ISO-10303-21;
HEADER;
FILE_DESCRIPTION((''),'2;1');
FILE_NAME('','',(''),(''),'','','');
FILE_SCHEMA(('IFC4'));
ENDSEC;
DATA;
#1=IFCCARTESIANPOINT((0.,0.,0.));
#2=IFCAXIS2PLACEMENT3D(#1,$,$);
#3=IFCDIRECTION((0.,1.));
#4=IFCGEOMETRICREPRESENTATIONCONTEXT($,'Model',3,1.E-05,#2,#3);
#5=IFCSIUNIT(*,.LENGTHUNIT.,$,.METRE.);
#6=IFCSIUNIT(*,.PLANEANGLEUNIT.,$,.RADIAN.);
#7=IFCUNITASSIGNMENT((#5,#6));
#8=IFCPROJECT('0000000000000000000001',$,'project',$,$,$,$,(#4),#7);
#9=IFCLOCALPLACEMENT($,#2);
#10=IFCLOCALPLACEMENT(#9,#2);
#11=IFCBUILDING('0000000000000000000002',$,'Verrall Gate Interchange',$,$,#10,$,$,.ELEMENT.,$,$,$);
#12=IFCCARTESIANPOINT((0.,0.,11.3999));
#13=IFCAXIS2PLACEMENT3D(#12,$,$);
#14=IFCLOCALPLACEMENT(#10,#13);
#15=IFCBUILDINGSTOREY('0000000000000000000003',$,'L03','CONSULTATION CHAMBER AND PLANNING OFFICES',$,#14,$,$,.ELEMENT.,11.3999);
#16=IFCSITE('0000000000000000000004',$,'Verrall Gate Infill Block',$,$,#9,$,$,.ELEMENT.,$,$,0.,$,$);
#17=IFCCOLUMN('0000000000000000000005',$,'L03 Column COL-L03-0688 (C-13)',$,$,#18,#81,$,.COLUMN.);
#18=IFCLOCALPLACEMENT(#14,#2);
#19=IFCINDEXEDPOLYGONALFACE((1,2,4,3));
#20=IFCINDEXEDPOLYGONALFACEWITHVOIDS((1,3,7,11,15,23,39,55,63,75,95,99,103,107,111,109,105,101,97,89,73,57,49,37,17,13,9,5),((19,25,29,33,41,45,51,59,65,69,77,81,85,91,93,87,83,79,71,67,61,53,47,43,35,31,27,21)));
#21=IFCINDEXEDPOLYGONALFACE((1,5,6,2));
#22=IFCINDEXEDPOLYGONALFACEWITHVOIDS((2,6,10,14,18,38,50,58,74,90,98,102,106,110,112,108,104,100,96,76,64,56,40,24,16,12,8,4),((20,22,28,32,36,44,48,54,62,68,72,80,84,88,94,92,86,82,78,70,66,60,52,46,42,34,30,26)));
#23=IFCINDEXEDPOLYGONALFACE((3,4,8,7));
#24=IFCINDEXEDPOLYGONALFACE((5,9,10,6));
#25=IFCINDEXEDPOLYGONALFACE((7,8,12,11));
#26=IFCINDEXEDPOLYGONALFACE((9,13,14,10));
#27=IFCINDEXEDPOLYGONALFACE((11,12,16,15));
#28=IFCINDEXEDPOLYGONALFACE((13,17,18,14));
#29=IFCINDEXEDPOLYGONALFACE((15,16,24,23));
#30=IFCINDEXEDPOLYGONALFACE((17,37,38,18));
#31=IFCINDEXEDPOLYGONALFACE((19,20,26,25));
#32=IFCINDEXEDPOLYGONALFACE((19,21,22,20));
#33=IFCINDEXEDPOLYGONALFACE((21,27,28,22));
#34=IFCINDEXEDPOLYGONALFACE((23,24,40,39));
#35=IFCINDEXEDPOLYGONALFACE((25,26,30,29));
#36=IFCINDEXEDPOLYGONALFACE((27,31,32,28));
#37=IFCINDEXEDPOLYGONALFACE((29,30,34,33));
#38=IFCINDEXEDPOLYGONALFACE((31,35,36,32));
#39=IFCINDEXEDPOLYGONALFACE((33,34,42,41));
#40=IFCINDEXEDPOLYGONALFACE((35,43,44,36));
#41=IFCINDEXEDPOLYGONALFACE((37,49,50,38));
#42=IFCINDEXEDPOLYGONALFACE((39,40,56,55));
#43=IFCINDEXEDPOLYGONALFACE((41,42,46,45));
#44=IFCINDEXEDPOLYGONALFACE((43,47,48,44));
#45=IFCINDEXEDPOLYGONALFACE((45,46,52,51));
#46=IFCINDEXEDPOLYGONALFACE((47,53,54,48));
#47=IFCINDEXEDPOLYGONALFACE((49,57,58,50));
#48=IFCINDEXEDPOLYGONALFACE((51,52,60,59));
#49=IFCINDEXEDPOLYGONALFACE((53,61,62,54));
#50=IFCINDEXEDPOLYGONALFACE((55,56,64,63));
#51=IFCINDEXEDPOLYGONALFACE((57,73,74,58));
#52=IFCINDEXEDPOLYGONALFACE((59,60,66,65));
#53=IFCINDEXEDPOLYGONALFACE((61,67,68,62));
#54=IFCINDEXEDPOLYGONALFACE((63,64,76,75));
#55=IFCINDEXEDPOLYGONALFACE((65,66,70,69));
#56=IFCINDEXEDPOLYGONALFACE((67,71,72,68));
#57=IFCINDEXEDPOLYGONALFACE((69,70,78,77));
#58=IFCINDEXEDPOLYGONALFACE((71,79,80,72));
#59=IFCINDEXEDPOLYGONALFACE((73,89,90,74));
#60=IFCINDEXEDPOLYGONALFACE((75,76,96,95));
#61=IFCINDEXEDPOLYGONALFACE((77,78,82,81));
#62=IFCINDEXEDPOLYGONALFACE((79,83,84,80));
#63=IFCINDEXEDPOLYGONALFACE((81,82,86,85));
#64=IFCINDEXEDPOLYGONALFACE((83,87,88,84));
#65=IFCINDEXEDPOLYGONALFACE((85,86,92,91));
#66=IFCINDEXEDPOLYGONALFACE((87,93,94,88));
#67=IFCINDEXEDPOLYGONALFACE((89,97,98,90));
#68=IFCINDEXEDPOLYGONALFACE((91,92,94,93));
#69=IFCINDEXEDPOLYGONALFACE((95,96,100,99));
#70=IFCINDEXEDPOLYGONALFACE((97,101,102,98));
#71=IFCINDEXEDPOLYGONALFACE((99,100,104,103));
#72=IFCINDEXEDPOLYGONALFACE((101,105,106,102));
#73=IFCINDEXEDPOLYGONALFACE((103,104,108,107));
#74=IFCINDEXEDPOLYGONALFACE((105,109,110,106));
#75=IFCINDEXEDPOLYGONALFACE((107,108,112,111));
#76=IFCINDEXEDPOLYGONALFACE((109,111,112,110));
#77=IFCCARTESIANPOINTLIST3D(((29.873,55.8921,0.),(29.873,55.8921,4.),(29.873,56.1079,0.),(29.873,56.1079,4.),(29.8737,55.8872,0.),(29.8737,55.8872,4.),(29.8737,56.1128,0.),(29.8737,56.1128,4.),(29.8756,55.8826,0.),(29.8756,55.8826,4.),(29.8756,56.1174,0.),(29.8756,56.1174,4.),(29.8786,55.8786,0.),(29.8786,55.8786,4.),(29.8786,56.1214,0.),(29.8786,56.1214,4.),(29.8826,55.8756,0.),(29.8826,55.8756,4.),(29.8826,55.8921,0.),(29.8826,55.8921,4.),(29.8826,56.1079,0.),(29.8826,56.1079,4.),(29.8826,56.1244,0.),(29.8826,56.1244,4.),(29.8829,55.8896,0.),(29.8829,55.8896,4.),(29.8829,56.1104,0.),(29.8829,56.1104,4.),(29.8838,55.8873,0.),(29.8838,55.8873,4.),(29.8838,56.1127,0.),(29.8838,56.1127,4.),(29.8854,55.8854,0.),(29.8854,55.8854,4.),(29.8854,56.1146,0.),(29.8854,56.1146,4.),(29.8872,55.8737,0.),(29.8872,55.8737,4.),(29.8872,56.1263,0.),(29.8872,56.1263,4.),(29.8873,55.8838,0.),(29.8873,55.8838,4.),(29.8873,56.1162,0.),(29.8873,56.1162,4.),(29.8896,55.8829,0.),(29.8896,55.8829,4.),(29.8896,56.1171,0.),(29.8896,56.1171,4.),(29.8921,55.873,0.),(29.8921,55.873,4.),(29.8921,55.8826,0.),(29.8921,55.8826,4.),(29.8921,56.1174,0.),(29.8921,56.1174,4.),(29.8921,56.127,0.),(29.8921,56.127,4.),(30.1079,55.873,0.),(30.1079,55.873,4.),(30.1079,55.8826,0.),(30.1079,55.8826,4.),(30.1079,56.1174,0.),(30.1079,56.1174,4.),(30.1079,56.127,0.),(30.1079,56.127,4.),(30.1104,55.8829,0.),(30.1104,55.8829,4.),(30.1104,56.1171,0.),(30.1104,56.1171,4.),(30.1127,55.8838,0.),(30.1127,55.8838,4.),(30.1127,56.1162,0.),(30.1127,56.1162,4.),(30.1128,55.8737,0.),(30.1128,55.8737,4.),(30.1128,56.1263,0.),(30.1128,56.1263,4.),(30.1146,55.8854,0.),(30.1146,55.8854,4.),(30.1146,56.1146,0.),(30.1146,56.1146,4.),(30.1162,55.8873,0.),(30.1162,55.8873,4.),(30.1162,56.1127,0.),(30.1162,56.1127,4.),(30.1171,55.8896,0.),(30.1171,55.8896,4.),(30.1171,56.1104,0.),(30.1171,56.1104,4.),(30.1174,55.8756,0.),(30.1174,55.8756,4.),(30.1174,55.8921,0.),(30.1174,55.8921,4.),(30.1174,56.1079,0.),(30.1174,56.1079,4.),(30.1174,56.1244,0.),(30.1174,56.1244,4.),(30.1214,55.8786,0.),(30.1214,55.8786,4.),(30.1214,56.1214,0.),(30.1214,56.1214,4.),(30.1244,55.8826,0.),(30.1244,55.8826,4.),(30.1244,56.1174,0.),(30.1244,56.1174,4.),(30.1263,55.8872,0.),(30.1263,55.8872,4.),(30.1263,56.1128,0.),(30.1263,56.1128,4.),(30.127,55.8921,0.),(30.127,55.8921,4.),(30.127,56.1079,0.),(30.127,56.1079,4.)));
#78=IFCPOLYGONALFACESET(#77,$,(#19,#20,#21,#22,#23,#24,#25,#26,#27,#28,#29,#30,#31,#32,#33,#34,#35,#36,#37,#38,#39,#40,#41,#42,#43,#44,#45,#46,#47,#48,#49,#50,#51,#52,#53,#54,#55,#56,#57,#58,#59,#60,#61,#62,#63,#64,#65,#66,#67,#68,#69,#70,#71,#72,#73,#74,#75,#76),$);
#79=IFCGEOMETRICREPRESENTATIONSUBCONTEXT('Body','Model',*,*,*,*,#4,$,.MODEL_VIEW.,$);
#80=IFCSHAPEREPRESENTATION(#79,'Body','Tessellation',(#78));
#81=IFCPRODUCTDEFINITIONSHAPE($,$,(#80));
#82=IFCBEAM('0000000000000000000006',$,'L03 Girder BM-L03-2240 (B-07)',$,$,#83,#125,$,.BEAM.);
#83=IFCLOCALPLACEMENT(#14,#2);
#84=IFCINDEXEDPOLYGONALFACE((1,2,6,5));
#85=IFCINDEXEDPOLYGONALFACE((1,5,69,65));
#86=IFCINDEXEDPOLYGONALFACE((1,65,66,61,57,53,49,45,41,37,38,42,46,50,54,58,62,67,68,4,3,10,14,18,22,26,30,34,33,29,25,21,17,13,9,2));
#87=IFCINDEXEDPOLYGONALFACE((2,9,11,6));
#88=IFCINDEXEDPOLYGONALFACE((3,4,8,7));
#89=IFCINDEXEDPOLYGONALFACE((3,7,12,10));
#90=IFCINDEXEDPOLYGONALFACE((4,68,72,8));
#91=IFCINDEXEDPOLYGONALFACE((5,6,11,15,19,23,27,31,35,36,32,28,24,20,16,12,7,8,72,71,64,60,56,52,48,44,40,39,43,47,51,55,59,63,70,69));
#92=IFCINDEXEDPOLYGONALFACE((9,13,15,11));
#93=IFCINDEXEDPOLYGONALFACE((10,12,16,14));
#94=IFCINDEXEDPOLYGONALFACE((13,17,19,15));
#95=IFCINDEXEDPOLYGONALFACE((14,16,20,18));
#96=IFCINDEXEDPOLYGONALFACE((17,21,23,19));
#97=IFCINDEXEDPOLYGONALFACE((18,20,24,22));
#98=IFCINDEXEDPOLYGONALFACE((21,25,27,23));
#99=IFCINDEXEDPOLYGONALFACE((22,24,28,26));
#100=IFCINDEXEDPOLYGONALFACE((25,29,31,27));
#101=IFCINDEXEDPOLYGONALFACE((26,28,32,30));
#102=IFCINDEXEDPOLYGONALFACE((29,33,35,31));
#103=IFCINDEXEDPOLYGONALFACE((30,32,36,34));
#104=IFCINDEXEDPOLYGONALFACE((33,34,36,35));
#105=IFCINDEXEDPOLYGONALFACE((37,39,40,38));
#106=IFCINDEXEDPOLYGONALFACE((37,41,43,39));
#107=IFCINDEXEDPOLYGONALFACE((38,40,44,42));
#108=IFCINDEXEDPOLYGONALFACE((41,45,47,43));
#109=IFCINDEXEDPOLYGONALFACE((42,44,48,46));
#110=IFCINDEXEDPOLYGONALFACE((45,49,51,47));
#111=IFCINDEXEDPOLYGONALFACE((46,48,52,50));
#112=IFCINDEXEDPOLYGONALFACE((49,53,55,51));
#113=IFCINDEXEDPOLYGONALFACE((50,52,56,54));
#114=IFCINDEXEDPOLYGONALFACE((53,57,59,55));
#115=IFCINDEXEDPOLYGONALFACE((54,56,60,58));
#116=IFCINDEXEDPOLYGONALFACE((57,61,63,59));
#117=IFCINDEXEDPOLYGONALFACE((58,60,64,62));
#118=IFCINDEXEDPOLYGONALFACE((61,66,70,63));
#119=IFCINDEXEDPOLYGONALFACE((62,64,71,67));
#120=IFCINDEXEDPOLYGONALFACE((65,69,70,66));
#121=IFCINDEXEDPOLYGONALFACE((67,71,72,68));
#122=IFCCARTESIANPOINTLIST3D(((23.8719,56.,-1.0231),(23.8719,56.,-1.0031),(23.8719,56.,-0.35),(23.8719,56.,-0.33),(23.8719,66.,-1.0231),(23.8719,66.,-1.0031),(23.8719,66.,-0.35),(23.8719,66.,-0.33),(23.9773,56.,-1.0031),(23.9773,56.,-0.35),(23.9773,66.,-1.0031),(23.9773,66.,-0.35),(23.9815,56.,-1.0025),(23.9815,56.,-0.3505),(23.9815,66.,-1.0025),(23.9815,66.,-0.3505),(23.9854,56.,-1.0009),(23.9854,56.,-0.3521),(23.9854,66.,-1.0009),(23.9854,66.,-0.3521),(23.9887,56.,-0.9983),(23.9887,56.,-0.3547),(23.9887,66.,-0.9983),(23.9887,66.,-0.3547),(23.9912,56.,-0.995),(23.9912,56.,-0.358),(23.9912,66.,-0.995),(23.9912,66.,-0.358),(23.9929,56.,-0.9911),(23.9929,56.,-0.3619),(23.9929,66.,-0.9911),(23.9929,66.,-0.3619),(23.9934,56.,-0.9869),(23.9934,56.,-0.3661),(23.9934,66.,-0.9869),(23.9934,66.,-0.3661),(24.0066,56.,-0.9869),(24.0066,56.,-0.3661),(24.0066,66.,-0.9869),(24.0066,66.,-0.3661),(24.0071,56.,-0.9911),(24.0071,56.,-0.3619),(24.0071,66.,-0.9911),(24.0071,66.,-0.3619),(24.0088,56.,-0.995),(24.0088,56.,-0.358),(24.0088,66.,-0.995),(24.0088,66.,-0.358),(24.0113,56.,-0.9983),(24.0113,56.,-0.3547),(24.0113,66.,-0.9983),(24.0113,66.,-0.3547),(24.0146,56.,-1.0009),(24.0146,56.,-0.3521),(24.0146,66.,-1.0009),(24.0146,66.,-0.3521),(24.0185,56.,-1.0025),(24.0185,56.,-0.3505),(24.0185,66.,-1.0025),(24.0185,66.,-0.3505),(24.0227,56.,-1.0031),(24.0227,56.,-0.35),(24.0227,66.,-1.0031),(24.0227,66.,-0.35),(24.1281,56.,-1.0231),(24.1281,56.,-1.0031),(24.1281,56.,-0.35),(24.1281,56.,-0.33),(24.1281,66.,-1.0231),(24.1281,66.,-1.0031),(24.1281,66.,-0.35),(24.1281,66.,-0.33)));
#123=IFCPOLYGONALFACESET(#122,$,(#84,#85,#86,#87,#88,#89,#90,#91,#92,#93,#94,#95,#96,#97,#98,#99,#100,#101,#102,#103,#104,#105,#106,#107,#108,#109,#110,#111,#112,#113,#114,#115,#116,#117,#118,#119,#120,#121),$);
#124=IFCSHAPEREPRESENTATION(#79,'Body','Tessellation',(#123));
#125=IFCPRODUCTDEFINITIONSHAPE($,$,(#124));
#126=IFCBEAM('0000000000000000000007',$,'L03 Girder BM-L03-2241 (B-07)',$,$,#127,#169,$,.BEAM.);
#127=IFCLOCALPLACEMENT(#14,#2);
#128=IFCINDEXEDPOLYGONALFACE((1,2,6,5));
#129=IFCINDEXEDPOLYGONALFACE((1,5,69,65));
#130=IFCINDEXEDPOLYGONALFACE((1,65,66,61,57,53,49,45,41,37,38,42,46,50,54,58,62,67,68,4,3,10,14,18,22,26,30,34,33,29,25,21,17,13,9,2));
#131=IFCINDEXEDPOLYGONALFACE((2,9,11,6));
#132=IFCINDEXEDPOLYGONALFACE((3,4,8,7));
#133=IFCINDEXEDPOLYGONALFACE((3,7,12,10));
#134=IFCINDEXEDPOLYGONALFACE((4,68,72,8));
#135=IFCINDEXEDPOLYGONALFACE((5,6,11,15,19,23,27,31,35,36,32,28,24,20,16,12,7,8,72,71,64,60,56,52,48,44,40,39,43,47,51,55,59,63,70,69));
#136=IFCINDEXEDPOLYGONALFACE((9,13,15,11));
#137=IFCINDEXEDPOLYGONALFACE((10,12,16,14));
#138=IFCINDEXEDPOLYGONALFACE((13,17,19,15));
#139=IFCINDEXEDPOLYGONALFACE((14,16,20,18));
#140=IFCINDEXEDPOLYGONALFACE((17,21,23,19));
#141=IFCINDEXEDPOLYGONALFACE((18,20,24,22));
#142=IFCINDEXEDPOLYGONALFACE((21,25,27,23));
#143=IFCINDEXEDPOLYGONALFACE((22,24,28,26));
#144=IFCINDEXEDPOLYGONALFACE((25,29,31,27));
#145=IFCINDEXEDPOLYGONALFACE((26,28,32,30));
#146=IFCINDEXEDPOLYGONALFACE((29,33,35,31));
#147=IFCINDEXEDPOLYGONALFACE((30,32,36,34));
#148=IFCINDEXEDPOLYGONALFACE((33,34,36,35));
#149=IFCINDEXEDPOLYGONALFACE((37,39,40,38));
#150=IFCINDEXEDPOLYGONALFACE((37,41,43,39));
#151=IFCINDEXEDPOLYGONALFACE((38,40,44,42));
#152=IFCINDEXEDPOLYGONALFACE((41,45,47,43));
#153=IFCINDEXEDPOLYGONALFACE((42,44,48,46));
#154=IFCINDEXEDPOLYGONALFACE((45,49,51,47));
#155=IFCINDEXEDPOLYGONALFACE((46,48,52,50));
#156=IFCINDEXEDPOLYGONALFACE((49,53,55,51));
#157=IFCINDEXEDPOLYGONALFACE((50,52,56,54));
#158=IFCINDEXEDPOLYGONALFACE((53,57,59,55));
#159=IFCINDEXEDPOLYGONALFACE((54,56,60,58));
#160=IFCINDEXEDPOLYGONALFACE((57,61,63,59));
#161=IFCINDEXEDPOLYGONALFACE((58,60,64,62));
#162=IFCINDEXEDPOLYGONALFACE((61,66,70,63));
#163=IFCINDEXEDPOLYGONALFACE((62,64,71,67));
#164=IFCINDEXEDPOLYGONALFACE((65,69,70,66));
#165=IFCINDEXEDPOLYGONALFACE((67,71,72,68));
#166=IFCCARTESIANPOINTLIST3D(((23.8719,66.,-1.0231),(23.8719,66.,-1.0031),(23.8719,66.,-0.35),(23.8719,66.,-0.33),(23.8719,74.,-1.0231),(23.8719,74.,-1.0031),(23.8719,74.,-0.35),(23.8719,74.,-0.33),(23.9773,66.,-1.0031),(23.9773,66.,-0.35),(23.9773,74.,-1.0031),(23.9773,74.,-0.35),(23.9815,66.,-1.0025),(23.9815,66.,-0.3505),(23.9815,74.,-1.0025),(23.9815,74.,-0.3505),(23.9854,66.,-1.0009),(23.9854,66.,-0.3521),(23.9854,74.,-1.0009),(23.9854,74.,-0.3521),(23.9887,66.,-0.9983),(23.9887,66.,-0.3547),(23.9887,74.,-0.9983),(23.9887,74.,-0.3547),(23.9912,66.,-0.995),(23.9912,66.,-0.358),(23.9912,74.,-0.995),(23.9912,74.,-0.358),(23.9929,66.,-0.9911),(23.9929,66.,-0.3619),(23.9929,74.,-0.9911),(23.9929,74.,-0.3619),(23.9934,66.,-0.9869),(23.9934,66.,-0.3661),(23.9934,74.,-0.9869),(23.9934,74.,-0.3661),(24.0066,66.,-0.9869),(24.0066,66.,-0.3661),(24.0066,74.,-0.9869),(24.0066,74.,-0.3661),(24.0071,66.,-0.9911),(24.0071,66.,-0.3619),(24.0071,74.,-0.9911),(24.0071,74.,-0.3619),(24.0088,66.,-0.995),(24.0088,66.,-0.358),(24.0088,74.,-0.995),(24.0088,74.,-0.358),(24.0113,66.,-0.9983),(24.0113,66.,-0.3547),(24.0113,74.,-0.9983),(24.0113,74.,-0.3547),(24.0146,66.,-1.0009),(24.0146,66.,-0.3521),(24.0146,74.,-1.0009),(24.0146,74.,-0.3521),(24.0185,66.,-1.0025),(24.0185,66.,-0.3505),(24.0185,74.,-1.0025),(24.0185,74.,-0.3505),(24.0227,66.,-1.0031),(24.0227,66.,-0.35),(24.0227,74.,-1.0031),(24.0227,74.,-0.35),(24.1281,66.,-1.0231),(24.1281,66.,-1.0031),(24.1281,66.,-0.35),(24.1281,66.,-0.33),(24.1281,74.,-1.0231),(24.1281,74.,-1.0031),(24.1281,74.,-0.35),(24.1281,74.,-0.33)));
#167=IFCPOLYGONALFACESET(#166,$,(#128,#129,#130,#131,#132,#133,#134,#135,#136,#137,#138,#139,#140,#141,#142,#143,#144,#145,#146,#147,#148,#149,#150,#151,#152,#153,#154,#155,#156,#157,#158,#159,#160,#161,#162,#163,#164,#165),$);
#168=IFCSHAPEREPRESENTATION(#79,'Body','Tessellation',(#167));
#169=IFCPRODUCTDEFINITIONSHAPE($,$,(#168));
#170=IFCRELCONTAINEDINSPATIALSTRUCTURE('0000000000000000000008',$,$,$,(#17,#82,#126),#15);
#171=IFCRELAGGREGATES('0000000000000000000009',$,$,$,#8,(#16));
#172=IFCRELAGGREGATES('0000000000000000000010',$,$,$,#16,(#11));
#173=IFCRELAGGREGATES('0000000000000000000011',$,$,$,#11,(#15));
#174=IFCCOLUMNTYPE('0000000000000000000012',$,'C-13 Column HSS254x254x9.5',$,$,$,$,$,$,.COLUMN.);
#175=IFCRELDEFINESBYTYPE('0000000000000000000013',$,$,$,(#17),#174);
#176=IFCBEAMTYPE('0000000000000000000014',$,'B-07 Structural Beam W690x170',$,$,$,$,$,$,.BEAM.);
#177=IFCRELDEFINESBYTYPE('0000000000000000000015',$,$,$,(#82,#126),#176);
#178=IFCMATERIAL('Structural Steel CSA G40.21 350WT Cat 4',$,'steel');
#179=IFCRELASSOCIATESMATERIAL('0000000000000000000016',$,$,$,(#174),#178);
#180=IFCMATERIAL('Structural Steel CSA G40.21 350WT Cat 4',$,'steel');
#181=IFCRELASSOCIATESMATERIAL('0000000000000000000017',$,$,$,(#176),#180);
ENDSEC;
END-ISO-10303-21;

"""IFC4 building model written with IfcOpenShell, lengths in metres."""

from ifc_helpers import new_model, si_unit, direction, frame, origin, origin_2d, place, context, subcontext, project, spatial, hollow_rectangle, i_section, extrude, material, material_profile, profile_set, type_object, element, save


model = new_model("IFC4")

# Units and contexts
model_context = context("Model", 3, precision=1e-05, world=origin(), true_north=direction((0.0, 1.0)))
body_context = subcontext(model_context, "Body", "Model", "MODEL_VIEW")
ifc_project = project(units=[si_unit("LENGTHUNIT", "METRE"), si_unit("PLANEANGLEUNIT", "RADIAN")], contexts=[model_context])

# Site, building, storey
site_placement = place(None, origin())
site = spatial("IfcSite", under=ifc_project, at=site_placement, Name="Verrall Gate Infill Block", CompositionType="ELEMENT", RefElevation=0.0)
building_placement = place(site_placement, origin())
building = spatial("IfcBuilding", under=site, at=building_placement, Name="Verrall Gate Interchange", CompositionType="ELEMENT")
storey_placement = place(building_placement, frame((0.0, 0.0, 11.3999)))
storey = spatial("IfcBuildingStorey", under=building, at=storey_placement, Name="L03", Description="CONSULTATION CHAMBER AND PLANNING OFFICES", CompositionType="ELEMENT", Elevation=11.3999)

# Column
ifc_material_1 = material(Name="Structural Steel CSA G40.21 350WT Cat 4", Category="steel")
ifc_material_profile_1 = material_profile(ifc_material_1, hollow_rectangle(XDim=0.2539, YDim=0.2539, WallThickness=0.0095, InnerFilletRadius=0.0095, OuterFilletRadius=0.019, at=origin_2d()), Name="HSS254x254x9.5")
ifc_profile_set_1 = profile_set([ifc_material_profile_1], Name="Structural Steel CSA G40.21 350WT Cat 4")
column_type_1 = type_object("IfcColumnType", Name="C-13 Column HSS254x254x9.5", PredefinedType="COLUMN", material=ifc_profile_set_1)
for number, where, z_axis, x_axis, name in (
    (1, (30.0, 56.0, 0.0), (0.0, 0.0, 1.0), (1.0, 0.0, 0.0), "L03 Column COL-L03-0688 (C-13)"),
):
    element("IfcColumn", number, at=place(storey_placement, frame(where, z_axis=z_axis, x_axis=x_axis)), inside=storey, type_object=column_type_1, Name=name, PredefinedType="COLUMN", context=body_context, shape_type="SweptSolid", body=[
        extrude(hollow_rectangle(XDim=0.2539, YDim=0.2539, WallThickness=0.0095, InnerFilletRadius=0.0095, OuterFilletRadius=0.019, at=origin_2d()), origin(), (0.0, 0.0, 1.0), 4.0),
    ])

# Beams
ifc_material_2 = material(Name="Structural Steel CSA G40.21 350WT Cat 4", Category="steel")
ifc_material_profile_2 = material_profile(ifc_material_2, i_section(OverallWidth=0.2561, OverallDepth=0.6931, WebThickness=0.0132, FlangeThickness=0.02, FilletRadius=0.0161, at=origin_2d()), Name="W690x170")
ifc_profile_set_2 = profile_set([ifc_material_profile_2], Name="Structural Steel CSA G40.21 350WT Cat 4")
beam_type_1 = type_object("IfcBeamType", Name="B-07 Structural Beam W690x170", PredefinedType="BEAM", material=ifc_profile_set_2)
beam_1_placement = place(storey_placement, frame((24.0, 56.0, -0.6765), z_axis=(0.0, 1.0, 0.0), x_axis=(-1.0, 0.0, 0.0)))
element("IfcBeam", 2, at=beam_1_placement, inside=storey, type_object=beam_type_1, Name="L03 Girder BM-L03-2240 (B-07)", PredefinedType="BEAM", context=body_context, shape_type="SweptSolid", body=[
    extrude(i_section(OverallWidth=0.2561, OverallDepth=0.6931, WebThickness=0.0132, FlangeThickness=0.02, FilletRadius=0.0161, at=origin_2d()), origin(), (0.0, 0.0, 1.0), 10.0),
])
beam_2_placement = place(storey_placement, frame((24.0, 66.0, -0.6765), z_axis=(0.0, 1.0, 0.0), x_axis=(-1.0, 0.0, 0.0)))
element("IfcBeam", 3, at=beam_2_placement, inside=storey, type_object=beam_type_1, Name="L03 Girder BM-L03-2241 (B-07)", PredefinedType="BEAM", context=body_context, shape_type="SweptSolid", body=[
    extrude(i_section(OverallWidth=0.2561, OverallDepth=0.6931, WebThickness=0.0132, FlangeThickness=0.02, FilletRadius=0.0161, at=origin_2d()), origin(), (0.0, 0.0, 1.0), 8.0),
])

save(model, "model.ifc")
